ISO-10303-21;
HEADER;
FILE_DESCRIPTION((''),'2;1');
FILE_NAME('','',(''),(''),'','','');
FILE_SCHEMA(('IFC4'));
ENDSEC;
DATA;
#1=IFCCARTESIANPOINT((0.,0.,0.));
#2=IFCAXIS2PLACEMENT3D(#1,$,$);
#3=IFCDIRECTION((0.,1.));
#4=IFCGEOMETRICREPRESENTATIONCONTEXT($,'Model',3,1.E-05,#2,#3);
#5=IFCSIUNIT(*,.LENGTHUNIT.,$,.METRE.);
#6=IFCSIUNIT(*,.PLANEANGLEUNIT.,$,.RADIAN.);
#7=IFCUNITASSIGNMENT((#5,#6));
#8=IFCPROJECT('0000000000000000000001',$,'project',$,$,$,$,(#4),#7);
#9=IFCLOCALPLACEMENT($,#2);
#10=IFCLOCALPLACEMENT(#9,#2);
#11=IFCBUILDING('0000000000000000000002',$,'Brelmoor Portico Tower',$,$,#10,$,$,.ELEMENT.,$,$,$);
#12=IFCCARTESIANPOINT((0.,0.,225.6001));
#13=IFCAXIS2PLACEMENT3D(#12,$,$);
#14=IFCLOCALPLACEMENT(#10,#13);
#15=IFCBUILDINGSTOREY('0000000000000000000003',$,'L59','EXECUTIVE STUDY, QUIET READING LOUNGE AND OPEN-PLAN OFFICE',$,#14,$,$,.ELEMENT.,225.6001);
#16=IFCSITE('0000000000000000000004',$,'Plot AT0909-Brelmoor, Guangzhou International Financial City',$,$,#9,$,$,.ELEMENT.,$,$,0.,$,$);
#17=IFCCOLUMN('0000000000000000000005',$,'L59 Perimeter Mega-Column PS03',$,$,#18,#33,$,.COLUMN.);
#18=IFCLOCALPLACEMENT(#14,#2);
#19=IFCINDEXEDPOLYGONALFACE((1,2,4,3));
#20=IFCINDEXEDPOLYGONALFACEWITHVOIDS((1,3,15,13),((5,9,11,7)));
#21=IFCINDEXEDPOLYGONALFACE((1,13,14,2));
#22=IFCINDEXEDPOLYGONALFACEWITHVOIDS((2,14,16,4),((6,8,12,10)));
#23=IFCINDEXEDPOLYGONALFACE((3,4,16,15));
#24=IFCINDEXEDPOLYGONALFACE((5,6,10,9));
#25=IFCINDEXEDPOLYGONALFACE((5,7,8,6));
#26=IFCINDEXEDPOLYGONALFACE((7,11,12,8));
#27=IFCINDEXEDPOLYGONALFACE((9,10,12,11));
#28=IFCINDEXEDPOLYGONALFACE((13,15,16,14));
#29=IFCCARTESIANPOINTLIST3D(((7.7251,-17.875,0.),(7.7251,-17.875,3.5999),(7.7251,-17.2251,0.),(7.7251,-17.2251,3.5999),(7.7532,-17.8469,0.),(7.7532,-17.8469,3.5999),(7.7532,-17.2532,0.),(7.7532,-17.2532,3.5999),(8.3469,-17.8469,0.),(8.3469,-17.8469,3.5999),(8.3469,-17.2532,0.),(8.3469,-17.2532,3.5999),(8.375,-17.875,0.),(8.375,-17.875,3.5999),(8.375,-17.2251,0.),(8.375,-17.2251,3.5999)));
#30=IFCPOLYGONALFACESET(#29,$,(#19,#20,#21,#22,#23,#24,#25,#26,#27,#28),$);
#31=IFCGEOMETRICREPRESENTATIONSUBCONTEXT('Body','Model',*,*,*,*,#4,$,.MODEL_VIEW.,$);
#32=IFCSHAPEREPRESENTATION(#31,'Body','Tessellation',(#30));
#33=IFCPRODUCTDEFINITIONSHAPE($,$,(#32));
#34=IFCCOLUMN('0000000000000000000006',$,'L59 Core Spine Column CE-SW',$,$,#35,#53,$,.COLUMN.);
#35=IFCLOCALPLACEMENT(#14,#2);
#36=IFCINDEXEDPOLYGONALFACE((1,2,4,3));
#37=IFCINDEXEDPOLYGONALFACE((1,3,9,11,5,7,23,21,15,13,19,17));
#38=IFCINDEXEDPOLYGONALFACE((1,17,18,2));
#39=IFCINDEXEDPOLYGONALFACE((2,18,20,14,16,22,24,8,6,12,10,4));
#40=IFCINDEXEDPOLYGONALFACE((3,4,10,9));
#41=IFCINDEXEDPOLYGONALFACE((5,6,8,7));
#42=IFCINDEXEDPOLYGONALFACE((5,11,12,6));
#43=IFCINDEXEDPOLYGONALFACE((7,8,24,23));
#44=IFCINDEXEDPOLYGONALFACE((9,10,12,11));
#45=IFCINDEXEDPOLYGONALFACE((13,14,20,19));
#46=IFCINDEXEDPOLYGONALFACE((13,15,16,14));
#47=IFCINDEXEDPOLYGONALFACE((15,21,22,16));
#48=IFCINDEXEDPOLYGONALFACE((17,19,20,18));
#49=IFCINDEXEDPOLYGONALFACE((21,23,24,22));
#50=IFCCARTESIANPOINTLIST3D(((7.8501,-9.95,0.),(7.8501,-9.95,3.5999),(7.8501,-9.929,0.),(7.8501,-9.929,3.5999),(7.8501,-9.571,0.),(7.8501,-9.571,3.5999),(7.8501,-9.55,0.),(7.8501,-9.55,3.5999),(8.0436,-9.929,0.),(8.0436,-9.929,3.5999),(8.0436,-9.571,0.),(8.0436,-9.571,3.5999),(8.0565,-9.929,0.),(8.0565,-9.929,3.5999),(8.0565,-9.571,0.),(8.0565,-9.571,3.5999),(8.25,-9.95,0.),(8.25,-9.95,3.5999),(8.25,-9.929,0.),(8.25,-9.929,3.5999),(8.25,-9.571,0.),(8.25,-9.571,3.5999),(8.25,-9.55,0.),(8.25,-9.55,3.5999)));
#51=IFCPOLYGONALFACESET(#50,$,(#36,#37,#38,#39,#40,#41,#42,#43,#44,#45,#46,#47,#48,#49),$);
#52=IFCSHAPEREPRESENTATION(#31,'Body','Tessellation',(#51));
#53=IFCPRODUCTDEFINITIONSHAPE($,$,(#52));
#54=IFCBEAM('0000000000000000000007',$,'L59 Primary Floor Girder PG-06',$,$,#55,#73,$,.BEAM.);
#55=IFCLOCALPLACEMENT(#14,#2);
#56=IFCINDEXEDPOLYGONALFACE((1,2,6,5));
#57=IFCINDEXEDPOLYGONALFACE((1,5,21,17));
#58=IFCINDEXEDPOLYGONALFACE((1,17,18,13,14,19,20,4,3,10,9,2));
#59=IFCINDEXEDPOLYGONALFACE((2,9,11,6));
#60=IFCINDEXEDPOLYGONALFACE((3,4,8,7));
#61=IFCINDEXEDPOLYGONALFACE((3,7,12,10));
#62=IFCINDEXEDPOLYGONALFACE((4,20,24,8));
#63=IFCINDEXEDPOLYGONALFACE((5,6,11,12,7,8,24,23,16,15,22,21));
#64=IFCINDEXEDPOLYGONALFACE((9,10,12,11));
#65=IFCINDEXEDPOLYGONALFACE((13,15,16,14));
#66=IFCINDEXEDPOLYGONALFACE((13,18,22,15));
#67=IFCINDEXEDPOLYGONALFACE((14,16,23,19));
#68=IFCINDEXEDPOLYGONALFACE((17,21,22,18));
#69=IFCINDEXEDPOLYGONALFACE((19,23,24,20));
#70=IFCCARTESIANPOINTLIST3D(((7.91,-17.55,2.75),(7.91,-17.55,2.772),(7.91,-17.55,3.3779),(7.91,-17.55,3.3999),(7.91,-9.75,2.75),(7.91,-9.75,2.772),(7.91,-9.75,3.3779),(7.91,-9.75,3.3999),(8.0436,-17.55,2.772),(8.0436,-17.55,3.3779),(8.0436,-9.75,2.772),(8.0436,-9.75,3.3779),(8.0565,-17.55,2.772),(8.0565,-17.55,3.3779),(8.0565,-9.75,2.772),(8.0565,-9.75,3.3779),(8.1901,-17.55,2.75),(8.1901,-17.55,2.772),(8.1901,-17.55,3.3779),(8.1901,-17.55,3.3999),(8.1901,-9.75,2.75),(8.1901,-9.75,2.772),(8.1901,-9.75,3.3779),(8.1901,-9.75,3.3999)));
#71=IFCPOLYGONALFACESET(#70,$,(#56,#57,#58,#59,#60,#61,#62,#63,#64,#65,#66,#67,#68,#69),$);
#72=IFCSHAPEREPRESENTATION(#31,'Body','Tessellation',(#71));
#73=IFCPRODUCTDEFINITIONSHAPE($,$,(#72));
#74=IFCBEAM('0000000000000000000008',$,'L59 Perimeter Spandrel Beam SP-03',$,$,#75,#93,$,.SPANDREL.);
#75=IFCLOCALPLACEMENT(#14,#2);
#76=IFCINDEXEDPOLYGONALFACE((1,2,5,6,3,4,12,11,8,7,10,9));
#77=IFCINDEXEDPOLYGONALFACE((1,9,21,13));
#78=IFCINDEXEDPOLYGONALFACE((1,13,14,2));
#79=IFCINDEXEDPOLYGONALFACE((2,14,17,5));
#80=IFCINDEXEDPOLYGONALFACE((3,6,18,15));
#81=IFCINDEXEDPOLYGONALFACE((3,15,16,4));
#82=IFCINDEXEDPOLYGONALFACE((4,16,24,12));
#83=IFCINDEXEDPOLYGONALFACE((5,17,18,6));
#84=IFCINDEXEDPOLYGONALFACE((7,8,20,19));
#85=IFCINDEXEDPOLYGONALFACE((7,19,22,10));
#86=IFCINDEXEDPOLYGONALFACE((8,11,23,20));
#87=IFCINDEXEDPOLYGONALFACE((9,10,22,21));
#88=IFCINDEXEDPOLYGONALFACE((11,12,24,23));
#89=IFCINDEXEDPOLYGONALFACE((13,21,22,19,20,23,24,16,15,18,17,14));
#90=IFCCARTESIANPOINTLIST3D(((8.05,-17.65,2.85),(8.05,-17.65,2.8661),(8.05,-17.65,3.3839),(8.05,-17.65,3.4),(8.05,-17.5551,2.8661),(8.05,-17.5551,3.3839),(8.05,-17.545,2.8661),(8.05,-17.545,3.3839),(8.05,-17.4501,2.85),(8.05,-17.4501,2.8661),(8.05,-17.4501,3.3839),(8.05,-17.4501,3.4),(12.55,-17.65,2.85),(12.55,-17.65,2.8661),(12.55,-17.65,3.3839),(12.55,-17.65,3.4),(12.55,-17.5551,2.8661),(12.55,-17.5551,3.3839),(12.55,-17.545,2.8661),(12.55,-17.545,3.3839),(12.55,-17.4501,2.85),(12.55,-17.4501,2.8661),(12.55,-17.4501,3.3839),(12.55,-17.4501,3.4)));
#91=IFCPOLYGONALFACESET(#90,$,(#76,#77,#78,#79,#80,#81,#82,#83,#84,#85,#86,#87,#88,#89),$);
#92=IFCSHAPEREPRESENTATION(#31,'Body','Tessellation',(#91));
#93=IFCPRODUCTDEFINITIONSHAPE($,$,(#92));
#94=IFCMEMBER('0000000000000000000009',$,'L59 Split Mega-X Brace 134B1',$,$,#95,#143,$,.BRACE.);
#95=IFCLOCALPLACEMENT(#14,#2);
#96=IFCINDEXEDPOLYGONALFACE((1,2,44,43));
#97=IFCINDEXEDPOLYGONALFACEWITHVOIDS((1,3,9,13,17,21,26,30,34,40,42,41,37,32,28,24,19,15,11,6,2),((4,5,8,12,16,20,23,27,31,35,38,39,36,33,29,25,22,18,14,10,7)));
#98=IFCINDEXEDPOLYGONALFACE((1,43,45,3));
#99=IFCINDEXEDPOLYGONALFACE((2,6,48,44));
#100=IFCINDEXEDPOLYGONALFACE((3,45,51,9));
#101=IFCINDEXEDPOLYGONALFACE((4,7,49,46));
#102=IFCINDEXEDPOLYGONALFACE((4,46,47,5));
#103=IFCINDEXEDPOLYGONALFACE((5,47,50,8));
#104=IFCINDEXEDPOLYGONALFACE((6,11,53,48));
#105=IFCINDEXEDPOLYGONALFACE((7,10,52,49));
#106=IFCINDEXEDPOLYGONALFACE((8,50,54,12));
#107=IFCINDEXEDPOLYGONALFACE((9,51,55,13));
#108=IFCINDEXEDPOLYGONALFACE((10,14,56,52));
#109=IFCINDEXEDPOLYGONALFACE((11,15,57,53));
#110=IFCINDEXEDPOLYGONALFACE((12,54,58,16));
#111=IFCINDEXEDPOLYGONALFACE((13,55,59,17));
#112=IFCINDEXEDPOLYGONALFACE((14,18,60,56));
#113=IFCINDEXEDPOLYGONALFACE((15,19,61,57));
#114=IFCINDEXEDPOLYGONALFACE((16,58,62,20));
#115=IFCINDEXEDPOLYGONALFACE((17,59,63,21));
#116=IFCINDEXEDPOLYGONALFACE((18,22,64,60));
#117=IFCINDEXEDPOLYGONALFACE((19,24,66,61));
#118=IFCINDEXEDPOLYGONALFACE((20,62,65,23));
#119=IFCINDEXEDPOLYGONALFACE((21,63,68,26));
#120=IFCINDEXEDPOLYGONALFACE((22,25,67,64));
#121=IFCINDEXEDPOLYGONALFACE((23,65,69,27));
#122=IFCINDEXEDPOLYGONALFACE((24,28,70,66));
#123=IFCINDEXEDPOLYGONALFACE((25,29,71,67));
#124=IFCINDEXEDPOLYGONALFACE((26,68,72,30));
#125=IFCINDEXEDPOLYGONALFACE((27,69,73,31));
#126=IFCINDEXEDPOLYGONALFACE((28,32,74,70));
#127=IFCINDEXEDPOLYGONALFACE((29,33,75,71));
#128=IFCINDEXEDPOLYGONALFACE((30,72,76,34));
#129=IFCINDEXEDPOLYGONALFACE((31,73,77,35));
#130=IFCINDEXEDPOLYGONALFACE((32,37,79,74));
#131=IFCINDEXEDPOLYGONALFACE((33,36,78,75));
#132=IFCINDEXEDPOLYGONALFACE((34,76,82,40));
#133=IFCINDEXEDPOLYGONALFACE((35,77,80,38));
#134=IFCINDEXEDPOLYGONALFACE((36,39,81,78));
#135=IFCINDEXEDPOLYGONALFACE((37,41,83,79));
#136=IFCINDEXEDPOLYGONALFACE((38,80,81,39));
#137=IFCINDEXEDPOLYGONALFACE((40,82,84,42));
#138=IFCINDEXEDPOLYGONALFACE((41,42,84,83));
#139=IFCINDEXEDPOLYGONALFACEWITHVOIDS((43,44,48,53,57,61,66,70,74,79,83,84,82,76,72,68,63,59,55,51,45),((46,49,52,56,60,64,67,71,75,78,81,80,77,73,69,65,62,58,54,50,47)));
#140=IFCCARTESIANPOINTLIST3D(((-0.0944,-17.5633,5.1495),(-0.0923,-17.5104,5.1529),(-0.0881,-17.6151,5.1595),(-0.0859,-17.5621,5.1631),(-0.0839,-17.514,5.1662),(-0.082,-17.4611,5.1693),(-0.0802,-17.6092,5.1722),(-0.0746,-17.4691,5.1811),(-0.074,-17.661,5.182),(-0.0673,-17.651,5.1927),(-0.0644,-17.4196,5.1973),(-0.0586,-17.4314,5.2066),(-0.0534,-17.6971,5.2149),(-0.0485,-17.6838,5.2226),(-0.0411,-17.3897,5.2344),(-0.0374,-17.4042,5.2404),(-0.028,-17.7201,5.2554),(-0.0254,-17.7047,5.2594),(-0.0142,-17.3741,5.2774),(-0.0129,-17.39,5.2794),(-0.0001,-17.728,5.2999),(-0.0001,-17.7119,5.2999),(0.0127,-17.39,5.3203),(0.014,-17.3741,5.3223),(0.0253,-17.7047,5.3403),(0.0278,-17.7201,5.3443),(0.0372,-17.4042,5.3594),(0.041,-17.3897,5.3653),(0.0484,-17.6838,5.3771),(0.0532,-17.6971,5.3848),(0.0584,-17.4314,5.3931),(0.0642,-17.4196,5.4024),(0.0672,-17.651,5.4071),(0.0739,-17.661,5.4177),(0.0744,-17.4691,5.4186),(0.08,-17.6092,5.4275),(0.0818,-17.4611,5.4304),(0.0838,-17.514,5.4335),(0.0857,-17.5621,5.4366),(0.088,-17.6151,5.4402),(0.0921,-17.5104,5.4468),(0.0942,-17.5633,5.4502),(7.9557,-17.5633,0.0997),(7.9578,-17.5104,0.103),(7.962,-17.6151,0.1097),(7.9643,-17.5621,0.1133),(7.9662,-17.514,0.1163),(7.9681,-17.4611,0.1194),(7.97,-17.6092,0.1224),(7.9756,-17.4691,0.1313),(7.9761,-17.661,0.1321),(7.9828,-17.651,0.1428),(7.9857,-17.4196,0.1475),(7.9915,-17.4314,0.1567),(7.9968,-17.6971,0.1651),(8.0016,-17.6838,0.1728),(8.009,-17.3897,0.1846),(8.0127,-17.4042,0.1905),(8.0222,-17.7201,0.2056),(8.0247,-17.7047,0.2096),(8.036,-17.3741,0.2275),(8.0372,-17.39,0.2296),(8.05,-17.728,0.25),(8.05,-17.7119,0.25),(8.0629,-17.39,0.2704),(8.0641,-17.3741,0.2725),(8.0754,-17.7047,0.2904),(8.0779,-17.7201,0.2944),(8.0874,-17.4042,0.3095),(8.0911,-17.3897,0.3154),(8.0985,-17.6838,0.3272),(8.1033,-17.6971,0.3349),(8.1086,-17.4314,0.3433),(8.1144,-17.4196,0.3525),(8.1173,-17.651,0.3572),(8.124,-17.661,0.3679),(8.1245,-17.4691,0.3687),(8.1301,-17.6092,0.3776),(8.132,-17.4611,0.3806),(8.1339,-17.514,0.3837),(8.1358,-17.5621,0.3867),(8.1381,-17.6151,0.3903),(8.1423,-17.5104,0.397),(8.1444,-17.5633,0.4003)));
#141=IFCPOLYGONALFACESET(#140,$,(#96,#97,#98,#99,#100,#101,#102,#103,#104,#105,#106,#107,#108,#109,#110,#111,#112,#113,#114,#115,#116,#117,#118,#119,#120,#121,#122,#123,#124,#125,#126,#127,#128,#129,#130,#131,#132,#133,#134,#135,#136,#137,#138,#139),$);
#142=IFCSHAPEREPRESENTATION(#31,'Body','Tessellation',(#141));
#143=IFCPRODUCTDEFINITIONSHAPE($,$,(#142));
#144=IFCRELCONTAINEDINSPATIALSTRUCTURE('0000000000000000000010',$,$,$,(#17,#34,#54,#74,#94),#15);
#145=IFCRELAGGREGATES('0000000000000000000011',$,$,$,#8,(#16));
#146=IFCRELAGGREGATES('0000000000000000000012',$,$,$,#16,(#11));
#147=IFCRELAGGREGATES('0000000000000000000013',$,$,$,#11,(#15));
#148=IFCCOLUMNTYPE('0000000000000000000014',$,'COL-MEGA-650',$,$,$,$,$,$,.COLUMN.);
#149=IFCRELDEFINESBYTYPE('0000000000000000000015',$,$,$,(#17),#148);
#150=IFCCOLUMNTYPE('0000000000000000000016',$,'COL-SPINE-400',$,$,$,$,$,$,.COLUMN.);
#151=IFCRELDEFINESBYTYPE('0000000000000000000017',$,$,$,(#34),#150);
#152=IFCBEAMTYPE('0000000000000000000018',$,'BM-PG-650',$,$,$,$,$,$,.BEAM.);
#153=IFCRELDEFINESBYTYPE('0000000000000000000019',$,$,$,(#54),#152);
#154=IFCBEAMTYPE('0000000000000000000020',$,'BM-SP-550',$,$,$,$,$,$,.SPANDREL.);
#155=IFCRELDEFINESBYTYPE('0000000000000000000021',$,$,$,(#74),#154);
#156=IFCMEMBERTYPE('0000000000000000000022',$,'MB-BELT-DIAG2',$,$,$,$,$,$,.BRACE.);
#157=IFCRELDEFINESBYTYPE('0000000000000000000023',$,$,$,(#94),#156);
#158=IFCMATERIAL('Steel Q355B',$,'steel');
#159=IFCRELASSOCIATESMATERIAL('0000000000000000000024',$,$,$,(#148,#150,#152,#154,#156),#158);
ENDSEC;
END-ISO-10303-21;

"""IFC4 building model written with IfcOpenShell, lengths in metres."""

from ifc_helpers import new_model, si_unit, direction, frame, origin, origin_2d, place, context, subcontext, project, spatial, hollow_rectangle, hollow_circle, i_section, extrude, material, material_profile, profile_set, type_object, element, save


model = new_model("IFC4")

# Units and contexts
model_context = context("Model", 3, precision=1e-05, world=origin(), true_north=direction((0.0, 1.0)))
body_context = subcontext(model_context, "Body", "Model", "MODEL_VIEW")
ifc_project = project(units=[si_unit("LENGTHUNIT", "METRE"), si_unit("PLANEANGLEUNIT", "RADIAN")], contexts=[model_context])

# Site, building, storey
site_placement = place(None, origin())
site = spatial("IfcSite", under=ifc_project, at=site_placement, Name="Plot AT0909-Brelmoor, Guangzhou International Financial City", CompositionType="ELEMENT", RefElevation=0.0)
building_placement = place(site_placement, origin())
building = spatial("IfcBuilding", under=site, at=building_placement, Name="Brelmoor Portico Tower", CompositionType="ELEMENT")
storey_placement = place(building_placement, frame((0.0, 0.0, 225.6001)))
storey = spatial("IfcBuildingStorey", under=building, at=storey_placement, Name="L59", Description="EXECUTIVE STUDY, QUIET READING LOUNGE AND OPEN-PLAN OFFICE", CompositionType="ELEMENT", Elevation=225.6001)

# Columns
ifc_material_1 = material(Name="Steel Q355B", Category="steel")
ifc_material_profile_1 = material_profile(ifc_material_1, hollow_rectangle(XDim=0.6499, YDim=0.6499, WallThickness=0.0281, at=origin_2d()), Name="BOX 650x650x28")
ifc_profile_set_1 = profile_set([ifc_material_profile_1], Name="Steel Q355B")
column_type_1 = type_object("IfcColumnType", Name="COL-MEGA-650", PredefinedType="COLUMN", material=ifc_profile_set_1)
column_1_placement = place(storey_placement, frame((8.05, -17.55, 0.0), z_axis=(0.0, 0.0, 1.0), x_axis=(1.0, 0.0, 0.0)))
element("IfcColumn", 1, at=column_1_placement, inside=storey, type_object=column_type_1, Name="L59 Perimeter Mega-Column PS03", PredefinedType="COLUMN", context=body_context, shape_type="SweptSolid", body=[
    extrude(hollow_rectangle(XDim=0.6499, YDim=0.6499, WallThickness=0.0281, at=origin_2d()), origin(), (0.0, 0.0, 1.0), 3.5999),
])
ifc_material_profile_2 = material_profile(ifc_material_1, i_section(OverallWidth=0.3999, OverallDepth=0.3999, WebThickness=0.0129, FlangeThickness=0.021, at=origin_2d()), Name="HW 400x400x13x21")
ifc_profile_set_2 = profile_set([ifc_material_profile_2], Name="Steel Q355B")
column_type_2 = type_object("IfcColumnType", Name="COL-SPINE-400", PredefinedType="COLUMN", material=ifc_profile_set_2)
column_2_placement = place(storey_placement, frame((8.05, -9.75, 0.0), z_axis=(0.0, 0.0, 1.0), x_axis=(1.0, 0.0, 0.0)))
element("IfcColumn", 2, at=column_2_placement, inside=storey, type_object=column_type_2, Name="L59 Core Spine Column CE-SW", PredefinedType="COLUMN", context=body_context, shape_type="SweptSolid", body=[
    extrude(i_section(OverallWidth=0.3999, OverallDepth=0.3999, WebThickness=0.0129, FlangeThickness=0.021, at=origin_2d()), origin(), (0.0, 0.0, 1.0), 3.5999),
])

# Beams
ifc_material_profile_3 = material_profile(ifc_material_1, i_section(OverallWidth=0.28, OverallDepth=0.6499, WebThickness=0.0129, FlangeThickness=0.022, at=origin_2d()), Name="HN 650x280x13x22")
ifc_profile_set_3 = profile_set([ifc_material_profile_3], Name="Steel Q355B")
beam_type_1 = type_object("IfcBeamType", Name="BM-PG-650", PredefinedType="BEAM", material=ifc_profile_set_3)
beam_1_placement = place(storey_placement, frame((8.05, -17.55, 3.075), z_axis=(0.0, 1.0, 0.0), x_axis=(-1.0, 0.0, 0.0)))
element("IfcBeam", 3, at=beam_1_placement, inside=storey, type_object=beam_type_1, Name="L59 Primary Floor Girder PG-06", PredefinedType="BEAM", context=body_context, shape_type="SweptSolid", body=[
    extrude(i_section(OverallWidth=0.28, OverallDepth=0.6499, WebThickness=0.0129, FlangeThickness=0.022, at=origin_2d()), origin(), (0.0, 0.0, 1.0), 7.8),
])
ifc_material_profile_4 = material_profile(ifc_material_1, i_section(OverallWidth=0.2, OverallDepth=0.55, WebThickness=0.01, FlangeThickness=0.0161, at=origin_2d()), Name="HN 550x200x10x16")
ifc_profile_set_4 = profile_set([ifc_material_profile_4], Name="Steel Q355B")
beam_type_2 = type_object("IfcBeamType", Name="BM-SP-550", PredefinedType="SPANDREL", material=ifc_profile_set_4)
beam_2_placement = place(storey_placement, frame((8.05, -17.55, 3.125), z_axis=(1.0, 0.0, 0.0), x_axis=(0.0, 1.0, 0.0)))
element("IfcBeam", 4, at=beam_2_placement, inside=storey, type_object=beam_type_2, Name="L59 Perimeter Spandrel Beam SP-03", PredefinedType="SPANDREL", context=body_context, shape_type="SweptSolid", body=[
    extrude(i_section(OverallWidth=0.2, OverallDepth=0.55, WebThickness=0.01, FlangeThickness=0.0161, at=origin_2d()), origin(), (0.0, 0.0, 1.0), 4.5),
])

# Member
ifc_material_profile_5 = material_profile(ifc_material_1, hollow_circle(Radius=0.178, WallThickness=0.0161, at=origin_2d()), Name="CHS 356x16")
ifc_profile_set_5 = profile_set([ifc_material_profile_5], Name="Steel Q355B")
member_type_1 = type_object("IfcMemberType", Name="MB-BELT-DIAG2", PredefinedType="BRACE", material=ifc_profile_set_5)
for number, where, z_axis, x_axis, name in (
    (5, (8.05, -17.55, 0.25), (-0.847121, 0.0, 0.5314), (0.0, -1.0, 0.0), "L59 Split Mega-X Brace 134B1"),
):
    element("IfcMember", number, at=place(storey_placement, frame(where, z_axis=z_axis, x_axis=x_axis)), inside=storey, type_object=member_type_1, Name=name, PredefinedType="BRACE", context=body_context, shape_type="SweptSolid", body=[
        extrude(hollow_circle(Radius=0.178, WallThickness=0.0161, at=origin_2d()), origin(), (0.0, 0.0, 1.0), 9.5029),
    ])

save(model, "model.ifc")
